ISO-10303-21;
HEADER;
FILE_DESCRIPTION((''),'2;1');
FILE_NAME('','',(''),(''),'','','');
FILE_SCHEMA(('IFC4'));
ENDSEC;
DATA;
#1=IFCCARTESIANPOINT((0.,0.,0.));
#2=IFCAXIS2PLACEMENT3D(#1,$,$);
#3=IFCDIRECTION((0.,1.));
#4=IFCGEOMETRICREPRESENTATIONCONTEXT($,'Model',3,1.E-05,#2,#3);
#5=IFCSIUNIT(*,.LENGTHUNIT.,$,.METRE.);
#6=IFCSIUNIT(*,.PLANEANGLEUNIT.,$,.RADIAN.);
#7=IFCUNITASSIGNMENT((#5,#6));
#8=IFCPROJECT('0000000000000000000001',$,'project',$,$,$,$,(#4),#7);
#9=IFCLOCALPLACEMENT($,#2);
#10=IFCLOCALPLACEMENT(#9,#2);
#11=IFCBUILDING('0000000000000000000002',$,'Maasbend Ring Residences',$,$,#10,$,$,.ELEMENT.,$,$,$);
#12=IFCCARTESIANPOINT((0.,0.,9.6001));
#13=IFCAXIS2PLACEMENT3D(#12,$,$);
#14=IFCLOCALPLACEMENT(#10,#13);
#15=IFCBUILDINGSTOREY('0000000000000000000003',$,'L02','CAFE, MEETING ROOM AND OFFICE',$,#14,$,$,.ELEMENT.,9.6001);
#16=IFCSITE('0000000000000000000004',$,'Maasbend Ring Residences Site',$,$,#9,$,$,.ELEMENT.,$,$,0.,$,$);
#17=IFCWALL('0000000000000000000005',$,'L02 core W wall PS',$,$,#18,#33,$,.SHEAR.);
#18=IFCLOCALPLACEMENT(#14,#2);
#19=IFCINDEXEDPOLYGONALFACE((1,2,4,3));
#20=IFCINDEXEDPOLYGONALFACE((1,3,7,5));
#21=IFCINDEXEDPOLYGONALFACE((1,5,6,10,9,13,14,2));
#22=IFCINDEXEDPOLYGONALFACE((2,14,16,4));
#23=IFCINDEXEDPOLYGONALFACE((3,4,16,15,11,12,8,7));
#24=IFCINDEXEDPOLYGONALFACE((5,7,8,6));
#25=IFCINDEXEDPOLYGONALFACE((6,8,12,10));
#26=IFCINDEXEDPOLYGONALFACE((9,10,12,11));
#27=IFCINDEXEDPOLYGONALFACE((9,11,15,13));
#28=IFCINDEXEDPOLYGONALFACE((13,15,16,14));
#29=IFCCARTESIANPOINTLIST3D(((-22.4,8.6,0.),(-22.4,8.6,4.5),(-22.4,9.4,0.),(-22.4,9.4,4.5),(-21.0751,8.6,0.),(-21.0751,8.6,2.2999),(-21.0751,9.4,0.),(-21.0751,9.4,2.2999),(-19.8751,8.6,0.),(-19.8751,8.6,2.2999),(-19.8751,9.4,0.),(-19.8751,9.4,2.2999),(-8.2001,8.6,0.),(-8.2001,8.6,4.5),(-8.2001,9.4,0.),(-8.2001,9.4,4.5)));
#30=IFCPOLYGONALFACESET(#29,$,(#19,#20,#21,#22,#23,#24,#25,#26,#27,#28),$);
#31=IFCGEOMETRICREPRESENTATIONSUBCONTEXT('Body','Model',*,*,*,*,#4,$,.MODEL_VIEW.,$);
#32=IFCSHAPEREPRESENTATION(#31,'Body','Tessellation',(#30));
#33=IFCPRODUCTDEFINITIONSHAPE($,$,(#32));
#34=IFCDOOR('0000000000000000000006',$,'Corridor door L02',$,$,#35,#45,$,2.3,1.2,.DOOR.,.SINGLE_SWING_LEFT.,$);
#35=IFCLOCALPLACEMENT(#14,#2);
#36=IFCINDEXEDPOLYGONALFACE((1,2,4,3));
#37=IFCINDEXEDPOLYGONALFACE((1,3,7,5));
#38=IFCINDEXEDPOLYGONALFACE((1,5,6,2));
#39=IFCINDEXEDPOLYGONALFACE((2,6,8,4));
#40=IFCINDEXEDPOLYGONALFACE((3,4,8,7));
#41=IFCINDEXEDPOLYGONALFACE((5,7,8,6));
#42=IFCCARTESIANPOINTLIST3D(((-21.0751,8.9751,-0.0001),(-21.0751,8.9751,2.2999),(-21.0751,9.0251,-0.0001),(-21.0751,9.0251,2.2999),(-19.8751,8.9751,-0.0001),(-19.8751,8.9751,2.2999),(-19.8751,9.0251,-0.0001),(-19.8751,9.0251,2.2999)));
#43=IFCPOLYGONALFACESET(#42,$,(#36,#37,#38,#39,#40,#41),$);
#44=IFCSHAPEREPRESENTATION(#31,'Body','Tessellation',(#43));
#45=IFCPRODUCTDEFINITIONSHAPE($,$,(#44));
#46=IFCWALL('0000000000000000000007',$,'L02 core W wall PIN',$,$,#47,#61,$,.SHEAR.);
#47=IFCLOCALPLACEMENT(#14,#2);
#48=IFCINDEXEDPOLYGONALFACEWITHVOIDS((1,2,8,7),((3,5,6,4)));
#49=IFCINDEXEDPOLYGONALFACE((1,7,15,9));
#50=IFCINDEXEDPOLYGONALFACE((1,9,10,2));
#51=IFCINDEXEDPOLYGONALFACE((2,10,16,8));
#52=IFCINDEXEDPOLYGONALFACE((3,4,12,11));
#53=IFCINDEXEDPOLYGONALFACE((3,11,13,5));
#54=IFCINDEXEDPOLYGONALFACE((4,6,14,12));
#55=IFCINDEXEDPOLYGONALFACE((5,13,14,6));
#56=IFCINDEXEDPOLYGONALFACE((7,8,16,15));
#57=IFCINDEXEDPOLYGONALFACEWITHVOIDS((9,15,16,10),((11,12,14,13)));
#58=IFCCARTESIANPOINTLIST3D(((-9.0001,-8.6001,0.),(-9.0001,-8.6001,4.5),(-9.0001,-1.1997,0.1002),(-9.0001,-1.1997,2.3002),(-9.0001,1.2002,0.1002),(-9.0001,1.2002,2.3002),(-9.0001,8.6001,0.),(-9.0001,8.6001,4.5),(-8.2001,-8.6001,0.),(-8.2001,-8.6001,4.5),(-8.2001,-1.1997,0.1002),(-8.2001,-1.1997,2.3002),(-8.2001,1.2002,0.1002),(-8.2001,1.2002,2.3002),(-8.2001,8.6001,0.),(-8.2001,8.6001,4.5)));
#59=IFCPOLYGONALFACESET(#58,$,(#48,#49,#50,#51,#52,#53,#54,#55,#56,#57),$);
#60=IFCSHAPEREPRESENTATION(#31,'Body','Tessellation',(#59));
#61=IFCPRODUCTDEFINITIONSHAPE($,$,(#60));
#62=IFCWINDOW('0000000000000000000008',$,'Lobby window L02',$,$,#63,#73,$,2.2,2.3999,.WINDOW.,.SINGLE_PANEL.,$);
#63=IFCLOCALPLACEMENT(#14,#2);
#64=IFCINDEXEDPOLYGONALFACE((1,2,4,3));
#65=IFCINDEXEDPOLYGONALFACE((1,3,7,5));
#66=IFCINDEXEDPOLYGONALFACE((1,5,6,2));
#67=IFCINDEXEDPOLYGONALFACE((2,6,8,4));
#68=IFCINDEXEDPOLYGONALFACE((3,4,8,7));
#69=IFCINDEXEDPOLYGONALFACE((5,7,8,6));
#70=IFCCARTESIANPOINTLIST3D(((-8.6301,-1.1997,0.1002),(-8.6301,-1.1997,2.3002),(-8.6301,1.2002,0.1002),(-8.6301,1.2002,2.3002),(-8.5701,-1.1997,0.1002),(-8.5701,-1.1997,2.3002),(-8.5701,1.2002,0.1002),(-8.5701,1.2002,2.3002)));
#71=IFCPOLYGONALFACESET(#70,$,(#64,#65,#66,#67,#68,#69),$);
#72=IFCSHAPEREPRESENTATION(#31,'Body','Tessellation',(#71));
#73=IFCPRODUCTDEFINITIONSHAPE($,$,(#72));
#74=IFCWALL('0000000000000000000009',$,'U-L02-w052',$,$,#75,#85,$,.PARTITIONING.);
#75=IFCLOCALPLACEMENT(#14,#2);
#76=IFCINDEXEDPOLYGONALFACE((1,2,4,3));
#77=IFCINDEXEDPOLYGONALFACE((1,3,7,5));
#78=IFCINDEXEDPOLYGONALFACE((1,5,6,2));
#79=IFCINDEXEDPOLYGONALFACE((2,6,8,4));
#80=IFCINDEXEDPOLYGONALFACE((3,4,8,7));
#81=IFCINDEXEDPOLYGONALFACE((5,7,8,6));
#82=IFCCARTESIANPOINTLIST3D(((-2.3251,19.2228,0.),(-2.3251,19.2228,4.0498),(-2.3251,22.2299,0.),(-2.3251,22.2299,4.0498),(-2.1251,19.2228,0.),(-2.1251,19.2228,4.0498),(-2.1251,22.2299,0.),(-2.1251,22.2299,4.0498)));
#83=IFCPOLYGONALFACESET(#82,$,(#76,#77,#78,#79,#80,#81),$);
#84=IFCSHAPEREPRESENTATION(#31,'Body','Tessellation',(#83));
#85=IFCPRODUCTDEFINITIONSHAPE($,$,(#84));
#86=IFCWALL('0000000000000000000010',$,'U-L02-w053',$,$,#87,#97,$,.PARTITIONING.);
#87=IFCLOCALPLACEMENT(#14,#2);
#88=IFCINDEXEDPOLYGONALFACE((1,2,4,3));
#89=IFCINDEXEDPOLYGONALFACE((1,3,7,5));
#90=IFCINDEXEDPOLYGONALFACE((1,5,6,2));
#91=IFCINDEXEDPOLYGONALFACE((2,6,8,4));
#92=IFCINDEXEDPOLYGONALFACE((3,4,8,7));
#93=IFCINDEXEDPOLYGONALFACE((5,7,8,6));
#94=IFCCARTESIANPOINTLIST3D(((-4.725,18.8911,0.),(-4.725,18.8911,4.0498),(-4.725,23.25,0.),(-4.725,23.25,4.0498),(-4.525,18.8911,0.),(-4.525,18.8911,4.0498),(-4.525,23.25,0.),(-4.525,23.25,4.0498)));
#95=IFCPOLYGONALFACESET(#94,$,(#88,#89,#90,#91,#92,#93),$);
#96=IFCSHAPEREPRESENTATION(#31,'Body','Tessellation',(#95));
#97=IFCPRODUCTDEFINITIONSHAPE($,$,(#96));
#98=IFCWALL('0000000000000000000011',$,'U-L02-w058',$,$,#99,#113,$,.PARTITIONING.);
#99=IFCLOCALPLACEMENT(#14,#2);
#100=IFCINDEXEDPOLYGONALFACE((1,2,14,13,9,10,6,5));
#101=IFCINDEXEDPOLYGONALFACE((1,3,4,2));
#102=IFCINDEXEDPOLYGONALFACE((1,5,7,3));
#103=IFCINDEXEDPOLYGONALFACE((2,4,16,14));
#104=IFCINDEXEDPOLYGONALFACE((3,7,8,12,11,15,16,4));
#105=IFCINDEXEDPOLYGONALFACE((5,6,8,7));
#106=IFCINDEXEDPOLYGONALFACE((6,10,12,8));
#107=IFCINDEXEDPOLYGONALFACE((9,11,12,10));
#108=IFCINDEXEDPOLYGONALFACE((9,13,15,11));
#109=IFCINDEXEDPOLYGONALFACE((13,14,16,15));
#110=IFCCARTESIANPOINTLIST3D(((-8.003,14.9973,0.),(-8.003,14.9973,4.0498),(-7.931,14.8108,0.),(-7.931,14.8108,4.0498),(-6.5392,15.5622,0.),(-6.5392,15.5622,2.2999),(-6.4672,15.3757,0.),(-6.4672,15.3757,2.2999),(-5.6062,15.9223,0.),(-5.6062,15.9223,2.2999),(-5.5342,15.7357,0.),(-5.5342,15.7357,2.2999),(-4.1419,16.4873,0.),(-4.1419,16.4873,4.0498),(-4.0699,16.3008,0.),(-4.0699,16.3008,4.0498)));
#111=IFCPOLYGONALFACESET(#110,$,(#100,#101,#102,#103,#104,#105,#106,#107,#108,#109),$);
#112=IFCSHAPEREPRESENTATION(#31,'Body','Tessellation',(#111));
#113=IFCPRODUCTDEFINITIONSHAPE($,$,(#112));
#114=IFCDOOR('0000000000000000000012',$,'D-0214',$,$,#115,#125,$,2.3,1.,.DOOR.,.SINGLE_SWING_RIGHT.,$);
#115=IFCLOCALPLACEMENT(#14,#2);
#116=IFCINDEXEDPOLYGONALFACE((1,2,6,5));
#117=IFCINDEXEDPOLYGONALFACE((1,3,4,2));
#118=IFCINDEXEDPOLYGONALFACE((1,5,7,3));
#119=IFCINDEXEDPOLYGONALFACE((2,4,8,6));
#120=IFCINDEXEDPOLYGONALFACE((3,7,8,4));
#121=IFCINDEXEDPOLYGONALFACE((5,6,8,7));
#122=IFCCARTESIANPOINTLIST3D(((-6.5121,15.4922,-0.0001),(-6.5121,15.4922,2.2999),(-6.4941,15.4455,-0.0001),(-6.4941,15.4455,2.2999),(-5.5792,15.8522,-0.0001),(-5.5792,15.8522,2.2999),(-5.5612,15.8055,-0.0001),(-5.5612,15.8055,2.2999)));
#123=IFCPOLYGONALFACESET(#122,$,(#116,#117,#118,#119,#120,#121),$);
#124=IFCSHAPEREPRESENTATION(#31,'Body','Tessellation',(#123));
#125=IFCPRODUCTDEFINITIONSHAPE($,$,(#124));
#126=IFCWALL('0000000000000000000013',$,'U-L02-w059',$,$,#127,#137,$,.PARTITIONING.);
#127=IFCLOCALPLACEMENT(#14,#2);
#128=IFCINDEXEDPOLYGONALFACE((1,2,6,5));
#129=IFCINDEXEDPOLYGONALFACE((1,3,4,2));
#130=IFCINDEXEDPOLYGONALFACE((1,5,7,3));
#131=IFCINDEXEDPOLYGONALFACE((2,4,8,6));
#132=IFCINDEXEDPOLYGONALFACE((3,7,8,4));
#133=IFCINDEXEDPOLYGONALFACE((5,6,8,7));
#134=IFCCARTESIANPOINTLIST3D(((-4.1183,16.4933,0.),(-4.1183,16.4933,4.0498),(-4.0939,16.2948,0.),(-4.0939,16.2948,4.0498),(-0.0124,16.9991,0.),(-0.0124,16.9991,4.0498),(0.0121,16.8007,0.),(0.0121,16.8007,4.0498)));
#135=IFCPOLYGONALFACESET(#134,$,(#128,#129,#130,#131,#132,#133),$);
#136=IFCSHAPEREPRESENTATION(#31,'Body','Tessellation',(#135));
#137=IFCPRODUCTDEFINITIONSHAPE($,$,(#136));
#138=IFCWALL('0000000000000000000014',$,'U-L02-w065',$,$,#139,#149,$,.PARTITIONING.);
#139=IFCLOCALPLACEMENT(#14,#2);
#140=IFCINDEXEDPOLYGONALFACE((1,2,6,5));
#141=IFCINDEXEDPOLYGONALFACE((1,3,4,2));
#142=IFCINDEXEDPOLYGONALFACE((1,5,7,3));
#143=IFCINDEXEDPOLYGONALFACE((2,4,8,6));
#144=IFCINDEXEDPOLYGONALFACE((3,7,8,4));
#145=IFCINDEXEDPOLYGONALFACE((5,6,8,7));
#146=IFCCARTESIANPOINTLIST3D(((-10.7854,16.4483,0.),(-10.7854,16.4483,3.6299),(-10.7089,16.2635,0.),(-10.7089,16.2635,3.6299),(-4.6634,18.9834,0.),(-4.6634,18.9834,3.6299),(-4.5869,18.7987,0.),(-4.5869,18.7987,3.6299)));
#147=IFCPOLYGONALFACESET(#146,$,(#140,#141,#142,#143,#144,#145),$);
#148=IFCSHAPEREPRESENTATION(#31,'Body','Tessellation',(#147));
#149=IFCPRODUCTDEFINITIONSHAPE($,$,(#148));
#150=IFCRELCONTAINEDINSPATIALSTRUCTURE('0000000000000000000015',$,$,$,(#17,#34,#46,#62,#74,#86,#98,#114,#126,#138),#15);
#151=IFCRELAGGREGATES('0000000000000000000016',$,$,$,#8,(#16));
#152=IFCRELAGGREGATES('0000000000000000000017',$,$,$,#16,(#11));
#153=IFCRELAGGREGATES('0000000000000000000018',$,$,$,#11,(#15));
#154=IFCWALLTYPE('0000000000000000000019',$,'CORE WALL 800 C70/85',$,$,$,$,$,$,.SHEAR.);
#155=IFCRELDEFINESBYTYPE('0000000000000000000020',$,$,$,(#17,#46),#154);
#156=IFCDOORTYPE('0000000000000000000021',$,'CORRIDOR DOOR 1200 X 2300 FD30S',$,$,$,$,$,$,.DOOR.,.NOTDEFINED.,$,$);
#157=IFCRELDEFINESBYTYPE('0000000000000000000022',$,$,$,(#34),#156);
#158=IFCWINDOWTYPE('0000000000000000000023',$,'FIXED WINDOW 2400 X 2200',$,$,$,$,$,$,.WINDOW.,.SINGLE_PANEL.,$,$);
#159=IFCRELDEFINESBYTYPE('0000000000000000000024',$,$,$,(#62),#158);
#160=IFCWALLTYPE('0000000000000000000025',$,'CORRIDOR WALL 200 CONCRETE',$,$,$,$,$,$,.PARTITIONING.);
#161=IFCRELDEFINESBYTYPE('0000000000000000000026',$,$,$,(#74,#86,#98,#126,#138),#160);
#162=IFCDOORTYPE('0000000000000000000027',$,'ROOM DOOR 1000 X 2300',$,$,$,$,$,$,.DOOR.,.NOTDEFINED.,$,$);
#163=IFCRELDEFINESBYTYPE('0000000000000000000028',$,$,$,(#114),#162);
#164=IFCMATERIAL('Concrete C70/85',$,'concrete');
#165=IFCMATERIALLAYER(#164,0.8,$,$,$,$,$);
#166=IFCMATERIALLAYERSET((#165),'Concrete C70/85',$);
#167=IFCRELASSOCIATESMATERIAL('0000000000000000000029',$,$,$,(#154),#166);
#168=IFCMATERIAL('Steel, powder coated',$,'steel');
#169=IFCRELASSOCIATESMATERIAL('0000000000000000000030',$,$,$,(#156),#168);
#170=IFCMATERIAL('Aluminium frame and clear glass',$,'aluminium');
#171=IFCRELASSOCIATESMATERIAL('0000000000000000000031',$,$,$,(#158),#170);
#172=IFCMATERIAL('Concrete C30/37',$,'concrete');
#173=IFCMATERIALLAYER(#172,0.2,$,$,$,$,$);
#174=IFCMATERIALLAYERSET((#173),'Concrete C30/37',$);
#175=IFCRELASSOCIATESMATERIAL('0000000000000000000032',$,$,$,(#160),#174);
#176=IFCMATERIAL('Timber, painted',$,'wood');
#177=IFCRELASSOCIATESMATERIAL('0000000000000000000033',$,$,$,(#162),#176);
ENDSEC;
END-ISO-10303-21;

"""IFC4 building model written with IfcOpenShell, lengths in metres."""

from ifc_helpers import new_model, si_unit, direction, frame, frame_2d, origin, place, context, subcontext, project, spatial, rectangle, extrude, material, layer, layer_set, type_object, element, fill, save


model = new_model("IFC4")

# Units and contexts
model_context = context("Model", 3, precision=1e-05, world=origin(), true_north=direction((0.0, 1.0)))
body_context = subcontext(model_context, "Body", "Model", "MODEL_VIEW")
ifc_project = project(units=[si_unit("LENGTHUNIT", "METRE"), si_unit("PLANEANGLEUNIT", "RADIAN")], contexts=[model_context])

# Site, building, storey
site_placement = place(None, origin())
site = spatial("IfcSite", under=ifc_project, at=site_placement, Name="Maasbend Ring Residences Site", CompositionType="ELEMENT", RefElevation=0.0)
building_placement = place(site_placement, origin())
building = spatial("IfcBuilding", under=site, at=building_placement, Name="Maasbend Ring Residences", CompositionType="ELEMENT")
storey_placement = place(building_placement, frame((0.0, 0.0, 9.6001)))
storey = spatial("IfcBuildingStorey", under=building, at=storey_placement, Name="L02", Description="CAFE, MEETING ROOM AND OFFICE", CompositionType="ELEMENT", Elevation=9.6001)

# Wall, opening, door
ifc_material_1 = material(Name="Concrete C70/85", Category="concrete")
ifc_layer_1 = layer(ifc_material_1, 0.8)
ifc_layer_set_1 = layer_set([ifc_layer_1], Name="Concrete C70/85")
wall_type_1 = type_object("IfcWallType", Name="CORE WALL 800 C70/85", PredefinedType="SHEAR", material=ifc_layer_set_1)
wall_1_placement = place(storey_placement, frame((-8.2, 9.0, 0.0), z_axis=(0.0, 0.0, 1.0), x_axis=(-1.0, 0.0, 0.0)))
wall_1 = element("IfcWall", 1, at=wall_1_placement, inside=storey, type_object=wall_type_1, Name="L02 core W wall PS", PredefinedType="SHEAR", context=body_context, shape_type="SweptSolid", body=[
    extrude(rectangle(XDim=14.2, YDim=0.8, at=frame_2d((7.1001, 0.0))), origin(), (0.0, 0.0, 1.0), 4.5),
])
opening_1_placement = place(wall_1_placement, frame((11.675, 0.0, 0.0)))
opening_1 = element("IfcOpeningElement", 2, at=opening_1_placement, cuts=wall_1, PredefinedType="OPENING", context=body_context, shape_type="SweptSolid", body=[
    extrude(rectangle(XDim=1.2, YDim=2.3, at=frame_2d((0.6001, 1.1499))), frame((0.0, 0.4102, 0.0), z_axis=(0.0, -1.0, 0.0), x_axis=(1.0, 0.0, 0.0)), (0.0, 0.0, 1.0), 0.8201),
])
ifc_material_2 = material(Name="Steel, powder coated", Category="steel")
door_type_1 = type_object("IfcDoorType", Name="CORRIDOR DOOR 1200 X 2300 FD30S", OperationType="NOTDEFINED", PredefinedType="DOOR", material=ifc_material_2)
door_1_placement = place(opening_1_placement, origin())
door_1 = element("IfcDoor", 3, at=door_1_placement, inside=storey, type_object=door_type_1, Name="Corridor door L02", OperationType="SINGLE_SWING_LEFT", OverallHeight=2.3, OverallWidth=1.2, PredefinedType="DOOR", context=body_context, shape_type="SweptSolid", body=[
    extrude(rectangle(XDim=1.2, YDim=2.3, at=frame_2d((0.6001, 1.1499))), frame((0.0, 0.0249, 0.0), z_axis=(0.0, -1.0, 0.0), x_axis=(1.0, 0.0, 0.0)), (0.0, 0.0, 1.0), 0.05),
])
fill(opening_1, door_1)

# Wall, opening, window
wall_2_placement = place(storey_placement, frame((-8.6001, 8.6001, 0.0), z_axis=(0.0, 0.0, 1.0), x_axis=(0.0, -1.0, 0.0)))
wall_2 = element("IfcWall", 4, at=wall_2_placement, inside=storey, type_object=wall_type_1, Name="L02 core W wall PIN", PredefinedType="SHEAR", context=body_context, shape_type="SweptSolid", body=[
    extrude(rectangle(XDim=17.2002, YDim=0.8, at=frame_2d((8.6001, 0.0))), origin(), (0.0, 0.0, 1.0), 4.5),
])
opening_2_placement = place(wall_2_placement, frame((7.3999, 0.0, 0.1001)))
opening_2 = element("IfcOpeningElement", 5, at=opening_2_placement, cuts=wall_2, PredefinedType="OPENING", context=body_context, shape_type="SweptSolid", body=[
    extrude(rectangle(XDim=2.3999, YDim=2.2, at=frame_2d((1.2, 1.1001))), frame((0.0, 0.4102, 0.0), z_axis=(0.0, -1.0, 0.0), x_axis=(1.0, 0.0, 0.0)), (0.0, 0.0, 1.0), 0.8201),
])
ifc_material_3 = material(Name="Aluminium frame and clear glass", Category="aluminium")
window_type_1 = type_object("IfcWindowType", Name="FIXED WINDOW 2400 X 2200", PartitioningType="SINGLE_PANEL", PredefinedType="WINDOW", material=ifc_material_3)
window_1_placement = place(opening_2_placement, origin())
window_1 = element("IfcWindow", 6, at=window_1_placement, inside=storey, type_object=window_type_1, Name="Lobby window L02", OverallHeight=2.2, OverallWidth=2.3999, PartitioningType="SINGLE_PANEL", PredefinedType="WINDOW", context=body_context, shape_type="SweptSolid", body=[
    extrude(rectangle(XDim=2.3999, YDim=2.2, at=frame_2d((1.2, 1.1001))), frame((0.0, 0.03, 0.0), z_axis=(0.0, -1.0, 0.0), x_axis=(1.0, 0.0, 0.0)), (0.0, 0.0, 1.0), 0.0601),
])
fill(opening_2, window_1)

# Walls
ifc_material_4 = material(Name="Concrete C30/37", Category="concrete")
ifc_layer_2 = layer(ifc_material_4, 0.2)
ifc_layer_set_2 = layer_set([ifc_layer_2], Name="Concrete C30/37")
wall_type_2 = type_object("IfcWallType", Name="CORRIDOR WALL 200 CONCRETE", PredefinedType="PARTITIONING", material=ifc_layer_set_2)
wall_3_placement = place(storey_placement, frame((-2.2251, 19.2229, 0.0), z_axis=(0.0, 0.0, 1.0), x_axis=(0.0, 1.0, 0.0)))
element("IfcWall", 7, at=wall_3_placement, inside=storey, type_object=wall_type_2, Name="U-L02-w052", PredefinedType="PARTITIONING", context=body_context, shape_type="SweptSolid", body=[
    extrude(rectangle(XDim=3.0071, YDim=0.2, at=frame_2d((1.5034, 0.0))), origin(), (0.0, 0.0, 1.0), 4.0498),
])
wall_4_placement = place(storey_placement, frame((-4.625, 18.8911, 0.0), z_axis=(0.0, 0.0, 1.0), x_axis=(0.0, 1.0, 0.0)))
element("IfcWall", 8, at=wall_4_placement, inside=storey, type_object=wall_type_2, Name="U-L02-w053", PredefinedType="PARTITIONING", context=body_context, shape_type="SweptSolid", body=[
    extrude(rectangle(XDim=4.3589, YDim=0.2, at=frame_2d((2.1794, 0.0))), origin(), (0.0, 0.0, 1.0), 4.0498),
])

# Wall, opening, door
wall_5_placement = place(storey_placement, frame((-7.967, 14.9041, 0.0), z_axis=(0.0, 0.0, 1.0), x_axis=(0.932944, 0.360022, 0.0)))
wall_5 = element("IfcWall", 9, at=wall_5_placement, inside=storey, type_object=wall_type_2, Name="U-L02-w058", PredefinedType="PARTITIONING", context=body_context, shape_type="SweptSolid", body=[
    extrude(rectangle(XDim=4.1387, YDim=0.2, at=frame_2d((2.0693, 0.0))), origin(), (0.0, 0.0, 1.0), 4.0498),
])
opening_3_placement = place(wall_5_placement, frame((1.5691, 0.0, 0.0)))
opening_3 = element("IfcOpeningElement", 10, at=opening_3_placement, cuts=wall_5, PredefinedType="OPENING", context=body_context, shape_type="SweptSolid", body=[
    extrude(rectangle(XDim=1.0, YDim=2.3, at=frame_2d((0.5, 1.1499))), frame((0.0, 0.1099, 0.0), z_axis=(0.0, -1.0, 0.0), x_axis=(1.0, 0.0, 0.0)), (0.0, 0.0, 1.0), 0.22),
])
ifc_material_5 = material(Name="Timber, painted", Category="wood")
door_type_2 = type_object("IfcDoorType", Name="ROOM DOOR 1000 X 2300", OperationType="NOTDEFINED", PredefinedType="DOOR", material=ifc_material_5)
door_2_placement = place(opening_3_placement, origin())
door_2 = element("IfcDoor", 11, at=door_2_placement, inside=storey, type_object=door_type_2, Name="D-0214", OperationType="SINGLE_SWING_RIGHT", OverallHeight=2.3, OverallWidth=1.0, PredefinedType="DOOR", context=body_context, shape_type="SweptSolid", body=[
    extrude(rectangle(XDim=1.0, YDim=2.3, at=frame_2d((0.5, 1.1499))), frame((0.0, 0.0249, 0.0), z_axis=(0.0, -1.0, 0.0), x_axis=(1.0, 0.0, 0.0)), (0.0, 0.0, 1.0), 0.05),
])
fill(opening_3, door_2)

# Walls
wall_6_placement = place(storey_placement, frame((-4.106, 16.394, 0.0), z_axis=(0.0, 0.0, 1.0), x_axis=(0.992496, 0.122277, 0.0)))
element("IfcWall", 12, at=wall_6_placement, inside=storey, type_object=wall_type_2, Name="U-L02-w059", PredefinedType="PARTITIONING", context=body_context, shape_type="SweptSolid", body=[
    extrude(rectangle(XDim=4.137, YDim=0.2, at=frame_2d((2.0684, 0.0))), origin(), (0.0, 0.0, 1.0), 4.0498),
])
wall_7_placement = place(storey_placement, frame((-10.7471, 16.356, 0.0), z_axis=(0.0, 0.0, 1.0), x_axis=(0.923916, 0.382595, 0.0)))
element("IfcWall", 13, at=wall_7_placement, inside=storey, type_object=wall_type_2, Name="U-L02-w065", PredefinedType="PARTITIONING", context=body_context, shape_type="SweptSolid", body=[
    extrude(rectangle(XDim=6.6262, YDim=0.2, at=frame_2d((3.313, 0.0))), origin(), (0.0, 0.0, 1.0), 3.6299),
])

save(model, "model.ifc")
